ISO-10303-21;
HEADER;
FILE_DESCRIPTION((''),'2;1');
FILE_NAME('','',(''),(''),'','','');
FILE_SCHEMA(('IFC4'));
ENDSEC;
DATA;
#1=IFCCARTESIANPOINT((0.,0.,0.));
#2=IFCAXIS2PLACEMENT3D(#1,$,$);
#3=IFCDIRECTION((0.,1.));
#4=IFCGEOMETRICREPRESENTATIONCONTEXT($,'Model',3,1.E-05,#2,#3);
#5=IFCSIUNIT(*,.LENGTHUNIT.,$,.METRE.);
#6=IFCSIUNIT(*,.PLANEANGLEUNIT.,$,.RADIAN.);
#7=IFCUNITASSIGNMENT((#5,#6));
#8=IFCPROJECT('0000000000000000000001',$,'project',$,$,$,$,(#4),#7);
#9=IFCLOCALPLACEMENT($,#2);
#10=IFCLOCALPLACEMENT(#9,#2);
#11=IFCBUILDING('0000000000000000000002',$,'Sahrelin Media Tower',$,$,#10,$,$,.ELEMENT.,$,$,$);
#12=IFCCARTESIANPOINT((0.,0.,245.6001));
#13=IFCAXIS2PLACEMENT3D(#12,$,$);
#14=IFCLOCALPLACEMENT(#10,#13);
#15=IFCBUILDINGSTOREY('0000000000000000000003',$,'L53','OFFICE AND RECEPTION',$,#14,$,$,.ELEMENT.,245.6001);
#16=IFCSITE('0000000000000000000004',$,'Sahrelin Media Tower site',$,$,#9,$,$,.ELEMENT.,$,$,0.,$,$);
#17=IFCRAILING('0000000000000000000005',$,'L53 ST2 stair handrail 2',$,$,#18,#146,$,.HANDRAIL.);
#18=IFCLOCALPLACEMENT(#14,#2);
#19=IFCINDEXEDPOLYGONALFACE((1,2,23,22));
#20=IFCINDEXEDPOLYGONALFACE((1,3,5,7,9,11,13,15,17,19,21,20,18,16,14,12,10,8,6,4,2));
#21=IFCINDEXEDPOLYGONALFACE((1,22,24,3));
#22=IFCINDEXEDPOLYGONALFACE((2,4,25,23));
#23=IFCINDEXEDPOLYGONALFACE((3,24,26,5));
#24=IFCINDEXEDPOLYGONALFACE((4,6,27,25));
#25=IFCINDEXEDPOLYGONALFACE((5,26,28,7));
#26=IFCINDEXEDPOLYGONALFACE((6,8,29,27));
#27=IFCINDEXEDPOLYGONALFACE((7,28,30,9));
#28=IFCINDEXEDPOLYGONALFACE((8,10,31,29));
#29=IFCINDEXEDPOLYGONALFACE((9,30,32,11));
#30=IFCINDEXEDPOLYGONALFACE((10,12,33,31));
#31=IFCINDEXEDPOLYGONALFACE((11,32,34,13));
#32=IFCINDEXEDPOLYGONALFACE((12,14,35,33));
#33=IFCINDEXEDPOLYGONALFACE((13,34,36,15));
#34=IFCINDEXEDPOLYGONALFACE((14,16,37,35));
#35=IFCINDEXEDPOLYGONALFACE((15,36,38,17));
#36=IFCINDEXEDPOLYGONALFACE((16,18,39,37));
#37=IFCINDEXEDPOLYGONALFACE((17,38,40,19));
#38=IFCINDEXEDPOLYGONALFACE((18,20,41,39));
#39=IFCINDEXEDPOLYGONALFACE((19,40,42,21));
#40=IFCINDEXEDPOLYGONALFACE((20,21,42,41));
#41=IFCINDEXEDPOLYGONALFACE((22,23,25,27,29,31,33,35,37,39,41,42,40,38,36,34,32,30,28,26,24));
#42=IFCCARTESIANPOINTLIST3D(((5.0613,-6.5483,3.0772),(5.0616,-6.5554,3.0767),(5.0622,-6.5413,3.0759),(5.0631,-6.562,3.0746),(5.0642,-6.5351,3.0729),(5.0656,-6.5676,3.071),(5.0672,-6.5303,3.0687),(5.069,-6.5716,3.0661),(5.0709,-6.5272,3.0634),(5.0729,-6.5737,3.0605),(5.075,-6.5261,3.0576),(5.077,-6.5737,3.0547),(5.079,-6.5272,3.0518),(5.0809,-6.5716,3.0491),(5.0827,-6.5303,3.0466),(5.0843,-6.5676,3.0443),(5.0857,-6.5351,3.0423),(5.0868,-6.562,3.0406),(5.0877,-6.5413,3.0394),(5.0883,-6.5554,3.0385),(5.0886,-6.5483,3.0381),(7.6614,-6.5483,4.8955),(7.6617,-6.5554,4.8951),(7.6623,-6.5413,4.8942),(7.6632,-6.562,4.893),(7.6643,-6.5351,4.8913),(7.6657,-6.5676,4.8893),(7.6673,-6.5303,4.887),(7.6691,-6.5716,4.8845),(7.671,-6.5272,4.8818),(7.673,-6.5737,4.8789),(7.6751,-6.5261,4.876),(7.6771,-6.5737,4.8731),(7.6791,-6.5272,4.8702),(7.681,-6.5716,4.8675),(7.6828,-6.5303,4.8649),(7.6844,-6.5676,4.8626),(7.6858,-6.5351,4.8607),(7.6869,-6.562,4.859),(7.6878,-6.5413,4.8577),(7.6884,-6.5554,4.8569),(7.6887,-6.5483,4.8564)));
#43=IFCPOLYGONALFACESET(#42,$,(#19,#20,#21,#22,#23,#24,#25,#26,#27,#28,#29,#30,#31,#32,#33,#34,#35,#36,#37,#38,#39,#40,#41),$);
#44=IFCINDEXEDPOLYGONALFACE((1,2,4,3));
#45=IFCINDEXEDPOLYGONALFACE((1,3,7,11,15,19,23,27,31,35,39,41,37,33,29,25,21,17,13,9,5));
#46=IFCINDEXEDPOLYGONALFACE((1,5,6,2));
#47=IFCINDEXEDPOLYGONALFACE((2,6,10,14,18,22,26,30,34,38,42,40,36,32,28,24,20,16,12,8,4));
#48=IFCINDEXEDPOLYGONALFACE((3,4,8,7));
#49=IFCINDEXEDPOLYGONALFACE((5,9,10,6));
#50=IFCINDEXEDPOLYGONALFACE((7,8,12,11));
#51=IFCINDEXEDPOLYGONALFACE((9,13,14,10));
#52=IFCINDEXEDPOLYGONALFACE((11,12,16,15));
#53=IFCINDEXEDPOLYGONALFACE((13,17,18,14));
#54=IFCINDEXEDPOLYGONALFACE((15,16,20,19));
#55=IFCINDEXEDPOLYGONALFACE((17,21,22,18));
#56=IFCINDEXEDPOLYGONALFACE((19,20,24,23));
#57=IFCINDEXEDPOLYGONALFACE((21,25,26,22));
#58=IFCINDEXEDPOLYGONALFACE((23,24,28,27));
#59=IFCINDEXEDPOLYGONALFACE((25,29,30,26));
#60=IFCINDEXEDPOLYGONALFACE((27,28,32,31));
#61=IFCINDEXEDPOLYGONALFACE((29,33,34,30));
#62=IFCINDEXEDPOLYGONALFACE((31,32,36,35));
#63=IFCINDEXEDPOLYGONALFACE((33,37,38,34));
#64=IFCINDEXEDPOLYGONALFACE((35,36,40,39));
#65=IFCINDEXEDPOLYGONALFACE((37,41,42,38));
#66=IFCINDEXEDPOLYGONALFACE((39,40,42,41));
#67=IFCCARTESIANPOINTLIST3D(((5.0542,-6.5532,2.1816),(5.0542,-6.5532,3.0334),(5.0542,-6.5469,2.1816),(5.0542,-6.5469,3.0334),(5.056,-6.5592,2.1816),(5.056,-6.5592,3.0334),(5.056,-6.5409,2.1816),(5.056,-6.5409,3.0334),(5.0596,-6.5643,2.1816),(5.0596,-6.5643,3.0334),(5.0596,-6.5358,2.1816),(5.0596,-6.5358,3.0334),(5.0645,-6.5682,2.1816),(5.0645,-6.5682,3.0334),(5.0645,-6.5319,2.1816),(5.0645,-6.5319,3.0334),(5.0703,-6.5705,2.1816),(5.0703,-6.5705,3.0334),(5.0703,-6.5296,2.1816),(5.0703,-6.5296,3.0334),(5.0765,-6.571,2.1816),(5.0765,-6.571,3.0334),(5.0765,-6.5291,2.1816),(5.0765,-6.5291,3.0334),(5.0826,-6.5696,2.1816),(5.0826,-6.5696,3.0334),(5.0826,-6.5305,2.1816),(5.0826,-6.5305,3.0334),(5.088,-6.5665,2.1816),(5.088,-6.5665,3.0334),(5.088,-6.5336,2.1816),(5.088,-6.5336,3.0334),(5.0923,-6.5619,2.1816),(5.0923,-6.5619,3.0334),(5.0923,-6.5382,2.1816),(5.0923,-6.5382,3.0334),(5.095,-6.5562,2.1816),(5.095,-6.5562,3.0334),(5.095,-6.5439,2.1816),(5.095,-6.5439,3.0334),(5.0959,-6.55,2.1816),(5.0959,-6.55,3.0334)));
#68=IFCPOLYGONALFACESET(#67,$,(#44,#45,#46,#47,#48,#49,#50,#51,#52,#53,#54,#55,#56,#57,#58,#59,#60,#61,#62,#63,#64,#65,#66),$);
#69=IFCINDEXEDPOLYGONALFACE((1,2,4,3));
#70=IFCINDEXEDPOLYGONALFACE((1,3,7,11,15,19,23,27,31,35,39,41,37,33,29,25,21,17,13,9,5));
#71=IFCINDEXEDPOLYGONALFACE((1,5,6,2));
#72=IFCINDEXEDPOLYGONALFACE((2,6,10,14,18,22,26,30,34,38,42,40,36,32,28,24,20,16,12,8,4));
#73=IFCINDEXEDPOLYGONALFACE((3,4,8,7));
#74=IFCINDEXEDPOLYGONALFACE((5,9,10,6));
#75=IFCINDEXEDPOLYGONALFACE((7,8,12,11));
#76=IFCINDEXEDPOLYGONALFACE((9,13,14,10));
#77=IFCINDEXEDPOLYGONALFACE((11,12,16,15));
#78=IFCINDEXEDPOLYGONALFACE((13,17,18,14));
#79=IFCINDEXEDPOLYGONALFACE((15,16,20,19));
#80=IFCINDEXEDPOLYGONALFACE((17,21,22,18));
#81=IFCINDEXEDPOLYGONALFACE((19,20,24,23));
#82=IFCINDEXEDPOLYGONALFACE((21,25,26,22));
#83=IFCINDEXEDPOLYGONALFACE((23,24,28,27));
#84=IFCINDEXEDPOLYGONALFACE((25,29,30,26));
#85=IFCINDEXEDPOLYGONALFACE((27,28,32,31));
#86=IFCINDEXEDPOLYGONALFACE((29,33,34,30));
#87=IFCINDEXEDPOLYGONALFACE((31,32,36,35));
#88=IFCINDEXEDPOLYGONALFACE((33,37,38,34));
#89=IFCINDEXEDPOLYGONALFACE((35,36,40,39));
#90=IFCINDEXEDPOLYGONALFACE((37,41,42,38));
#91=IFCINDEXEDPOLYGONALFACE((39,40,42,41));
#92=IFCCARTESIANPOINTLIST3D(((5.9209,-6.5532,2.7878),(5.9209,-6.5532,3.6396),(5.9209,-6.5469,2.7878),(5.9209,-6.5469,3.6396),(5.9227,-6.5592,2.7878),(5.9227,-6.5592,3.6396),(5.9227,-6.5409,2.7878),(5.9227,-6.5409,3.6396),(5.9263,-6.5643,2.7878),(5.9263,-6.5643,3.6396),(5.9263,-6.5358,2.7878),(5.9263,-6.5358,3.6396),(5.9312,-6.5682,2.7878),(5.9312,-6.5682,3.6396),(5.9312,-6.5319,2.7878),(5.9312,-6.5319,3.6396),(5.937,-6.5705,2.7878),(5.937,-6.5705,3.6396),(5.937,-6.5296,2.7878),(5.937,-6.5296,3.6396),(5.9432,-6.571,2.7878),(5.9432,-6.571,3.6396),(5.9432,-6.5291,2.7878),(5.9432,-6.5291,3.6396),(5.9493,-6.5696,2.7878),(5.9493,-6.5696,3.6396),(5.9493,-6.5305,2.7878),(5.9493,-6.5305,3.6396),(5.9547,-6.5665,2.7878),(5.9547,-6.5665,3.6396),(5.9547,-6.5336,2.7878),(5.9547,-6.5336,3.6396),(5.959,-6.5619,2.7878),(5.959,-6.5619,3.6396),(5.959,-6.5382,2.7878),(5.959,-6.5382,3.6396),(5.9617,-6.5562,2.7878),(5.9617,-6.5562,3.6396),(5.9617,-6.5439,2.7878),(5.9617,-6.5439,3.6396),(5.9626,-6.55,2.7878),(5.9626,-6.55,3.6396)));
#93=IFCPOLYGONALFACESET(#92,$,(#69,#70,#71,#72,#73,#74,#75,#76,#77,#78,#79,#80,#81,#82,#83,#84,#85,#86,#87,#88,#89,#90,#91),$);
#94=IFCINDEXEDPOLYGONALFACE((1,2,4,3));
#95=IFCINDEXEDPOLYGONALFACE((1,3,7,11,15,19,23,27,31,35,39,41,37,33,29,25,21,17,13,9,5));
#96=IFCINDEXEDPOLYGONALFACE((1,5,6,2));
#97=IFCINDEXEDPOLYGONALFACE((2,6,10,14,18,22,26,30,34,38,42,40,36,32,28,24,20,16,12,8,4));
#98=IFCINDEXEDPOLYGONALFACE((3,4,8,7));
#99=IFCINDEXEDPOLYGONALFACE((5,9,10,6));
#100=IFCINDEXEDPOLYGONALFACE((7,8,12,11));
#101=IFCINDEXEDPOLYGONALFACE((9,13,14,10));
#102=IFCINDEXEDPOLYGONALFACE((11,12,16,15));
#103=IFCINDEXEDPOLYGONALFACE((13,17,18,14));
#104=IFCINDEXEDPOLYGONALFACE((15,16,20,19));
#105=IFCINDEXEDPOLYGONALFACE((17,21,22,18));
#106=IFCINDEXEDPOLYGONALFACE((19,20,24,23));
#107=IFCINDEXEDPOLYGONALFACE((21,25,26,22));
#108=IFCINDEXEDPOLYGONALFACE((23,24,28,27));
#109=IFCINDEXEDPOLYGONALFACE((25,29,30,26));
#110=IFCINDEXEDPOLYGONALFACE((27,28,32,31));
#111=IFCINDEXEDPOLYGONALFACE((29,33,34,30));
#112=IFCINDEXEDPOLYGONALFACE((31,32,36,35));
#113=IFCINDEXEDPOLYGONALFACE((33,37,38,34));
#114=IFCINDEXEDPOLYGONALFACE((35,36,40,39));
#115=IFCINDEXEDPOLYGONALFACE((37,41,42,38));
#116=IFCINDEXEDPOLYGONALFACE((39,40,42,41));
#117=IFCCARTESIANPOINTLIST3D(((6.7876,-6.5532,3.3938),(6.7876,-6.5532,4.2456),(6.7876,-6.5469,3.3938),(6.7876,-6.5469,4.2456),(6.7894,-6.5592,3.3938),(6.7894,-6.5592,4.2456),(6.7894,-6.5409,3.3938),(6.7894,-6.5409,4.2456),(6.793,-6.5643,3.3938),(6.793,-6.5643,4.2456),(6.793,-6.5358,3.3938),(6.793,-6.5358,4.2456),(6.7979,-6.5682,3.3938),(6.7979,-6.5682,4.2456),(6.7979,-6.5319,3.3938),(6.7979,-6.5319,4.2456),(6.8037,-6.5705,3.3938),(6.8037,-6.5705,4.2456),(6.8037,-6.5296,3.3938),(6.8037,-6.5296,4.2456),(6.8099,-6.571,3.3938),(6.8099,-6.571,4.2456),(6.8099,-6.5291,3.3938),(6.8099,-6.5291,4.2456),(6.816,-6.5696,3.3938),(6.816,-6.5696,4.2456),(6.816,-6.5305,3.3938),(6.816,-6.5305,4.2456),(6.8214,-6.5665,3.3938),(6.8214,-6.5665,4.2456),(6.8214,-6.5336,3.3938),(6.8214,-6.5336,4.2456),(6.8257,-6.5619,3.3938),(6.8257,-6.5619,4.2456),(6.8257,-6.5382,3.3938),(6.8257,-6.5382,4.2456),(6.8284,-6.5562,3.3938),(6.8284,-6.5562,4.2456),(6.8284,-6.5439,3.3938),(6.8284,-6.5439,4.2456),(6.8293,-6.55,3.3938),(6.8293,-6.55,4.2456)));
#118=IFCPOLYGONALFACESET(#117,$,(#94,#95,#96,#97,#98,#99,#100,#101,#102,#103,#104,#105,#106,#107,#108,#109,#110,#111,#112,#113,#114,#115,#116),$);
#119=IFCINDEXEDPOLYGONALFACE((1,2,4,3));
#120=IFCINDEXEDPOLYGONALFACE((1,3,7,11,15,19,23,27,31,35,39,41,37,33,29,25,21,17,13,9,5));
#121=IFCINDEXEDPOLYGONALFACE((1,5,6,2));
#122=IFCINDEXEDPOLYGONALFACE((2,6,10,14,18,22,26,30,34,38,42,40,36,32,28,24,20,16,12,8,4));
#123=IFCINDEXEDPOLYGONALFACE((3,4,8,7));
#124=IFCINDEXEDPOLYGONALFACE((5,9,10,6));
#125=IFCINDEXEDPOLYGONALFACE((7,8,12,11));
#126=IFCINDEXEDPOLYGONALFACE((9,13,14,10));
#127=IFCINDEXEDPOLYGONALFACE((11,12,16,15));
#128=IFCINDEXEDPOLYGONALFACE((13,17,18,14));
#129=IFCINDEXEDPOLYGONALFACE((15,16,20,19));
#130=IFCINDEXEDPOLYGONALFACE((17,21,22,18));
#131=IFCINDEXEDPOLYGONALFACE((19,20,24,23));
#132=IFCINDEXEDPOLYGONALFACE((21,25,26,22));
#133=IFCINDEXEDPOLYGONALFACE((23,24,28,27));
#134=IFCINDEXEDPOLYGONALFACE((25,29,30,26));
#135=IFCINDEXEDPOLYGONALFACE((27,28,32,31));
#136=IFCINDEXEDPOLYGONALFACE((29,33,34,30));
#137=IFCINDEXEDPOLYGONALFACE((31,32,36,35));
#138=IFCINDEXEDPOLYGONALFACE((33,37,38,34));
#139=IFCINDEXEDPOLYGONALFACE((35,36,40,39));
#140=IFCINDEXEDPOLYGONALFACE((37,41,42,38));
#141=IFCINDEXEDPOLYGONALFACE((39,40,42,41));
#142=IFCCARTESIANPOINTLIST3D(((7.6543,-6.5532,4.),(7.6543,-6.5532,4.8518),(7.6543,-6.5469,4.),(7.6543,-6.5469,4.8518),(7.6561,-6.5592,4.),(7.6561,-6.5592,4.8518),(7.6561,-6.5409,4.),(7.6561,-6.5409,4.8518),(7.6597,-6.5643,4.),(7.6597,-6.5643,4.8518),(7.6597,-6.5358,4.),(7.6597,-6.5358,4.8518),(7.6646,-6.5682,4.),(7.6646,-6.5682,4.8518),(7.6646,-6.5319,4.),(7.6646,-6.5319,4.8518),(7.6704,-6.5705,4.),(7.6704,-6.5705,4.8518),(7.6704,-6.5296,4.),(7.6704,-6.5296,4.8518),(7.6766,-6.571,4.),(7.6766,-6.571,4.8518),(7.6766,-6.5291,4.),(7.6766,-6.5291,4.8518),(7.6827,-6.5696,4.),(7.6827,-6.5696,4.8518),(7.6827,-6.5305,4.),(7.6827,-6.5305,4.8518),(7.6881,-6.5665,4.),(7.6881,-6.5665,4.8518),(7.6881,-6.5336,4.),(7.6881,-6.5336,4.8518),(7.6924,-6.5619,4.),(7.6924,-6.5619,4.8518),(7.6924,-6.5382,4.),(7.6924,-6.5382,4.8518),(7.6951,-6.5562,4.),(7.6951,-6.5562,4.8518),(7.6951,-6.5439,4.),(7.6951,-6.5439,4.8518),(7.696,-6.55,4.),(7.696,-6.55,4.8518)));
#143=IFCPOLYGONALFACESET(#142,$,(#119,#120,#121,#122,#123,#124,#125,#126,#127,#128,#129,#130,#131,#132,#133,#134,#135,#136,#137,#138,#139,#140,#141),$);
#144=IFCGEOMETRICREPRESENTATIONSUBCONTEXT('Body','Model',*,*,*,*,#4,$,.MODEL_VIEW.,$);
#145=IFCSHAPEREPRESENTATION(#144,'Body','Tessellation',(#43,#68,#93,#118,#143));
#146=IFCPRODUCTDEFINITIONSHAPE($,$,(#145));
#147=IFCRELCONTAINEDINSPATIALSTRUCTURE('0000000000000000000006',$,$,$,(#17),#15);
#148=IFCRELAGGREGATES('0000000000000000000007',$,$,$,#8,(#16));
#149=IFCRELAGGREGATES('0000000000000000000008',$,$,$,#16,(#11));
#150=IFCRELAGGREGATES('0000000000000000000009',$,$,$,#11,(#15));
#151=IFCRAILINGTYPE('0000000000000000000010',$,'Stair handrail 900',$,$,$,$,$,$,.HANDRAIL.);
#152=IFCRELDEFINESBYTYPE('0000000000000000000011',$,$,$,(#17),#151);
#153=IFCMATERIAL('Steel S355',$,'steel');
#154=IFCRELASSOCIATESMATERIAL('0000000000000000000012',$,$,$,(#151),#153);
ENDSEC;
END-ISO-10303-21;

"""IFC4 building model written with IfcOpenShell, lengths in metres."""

from ifc_helpers import new_model, si_unit, direction, frame, origin, origin_2d, place, context, subcontext, project, spatial, circle, extrude, material, type_object, element, save


model = new_model("IFC4")

# Units and contexts
model_context = context("Model", 3, precision=1e-05, world=origin(), true_north=direction((0.0, 1.0)))
body_context = subcontext(model_context, "Body", "Model", "MODEL_VIEW")
ifc_project = project(units=[si_unit("LENGTHUNIT", "METRE"), si_unit("PLANEANGLEUNIT", "RADIAN")], contexts=[model_context])

# Site, building, storey
site_placement = place(None, origin())
site = spatial("IfcSite", under=ifc_project, at=site_placement, Name="Sahrelin Media Tower site", CompositionType="ELEMENT", RefElevation=0.0)
building_placement = place(site_placement, origin())
building = spatial("IfcBuilding", under=site, at=building_placement, Name="Sahrelin Media Tower", CompositionType="ELEMENT")
storey_placement = place(building_placement, frame((0.0, 0.0, 245.6001)))
storey = spatial("IfcBuildingStorey", under=building, at=storey_placement, Name="L53", Description="OFFICE AND RECEPTION", CompositionType="ELEMENT", Elevation=245.6001)

# Shared definitions
ifc_material_1 = material(Name="Steel S355", Category="steel")

# Railing
railing_type_1 = type_object("IfcRailingType", Name="Stair handrail 900", PredefinedType="HANDRAIL", material=ifc_material_1)
railing_1_placement = place(storey_placement, frame((5.075, -6.55, 2.1816)))
element("IfcRailing", 1, at=railing_1_placement, inside=storey, type_object=railing_type_1, Name="L53 ST2 stair handrail 2", PredefinedType="HANDRAIL", context=body_context, shape_type="SweptSolid", body=[
    extrude(circle(Radius=0.0239, at=origin_2d()), frame((0.0, 0.0, 0.876), z_axis=(0.819485, 0.0, 0.573101), x_axis=(0.0, 1.0, 0.0)), (0.0, 0.0, 1.0), 3.1729),
    extrude(circle(Radius=0.021, at=origin_2d()), origin(), (0.0, 0.0, 1.0), 0.8518),
    extrude(circle(Radius=0.021, at=origin_2d()), frame((0.8667, 0.0, 0.6062)), (0.0, 0.0, 1.0), 0.8518),
    extrude(circle(Radius=0.021, at=origin_2d()), frame((1.7334, 0.0, 1.2122)), (0.0, 0.0, 1.0), 0.8518),
    extrude(circle(Radius=0.021, at=origin_2d()), frame((2.6001, 0.0, 1.8184)), (0.0, 0.0, 1.0), 0.8518),
])

save(model, "model.ifc")
